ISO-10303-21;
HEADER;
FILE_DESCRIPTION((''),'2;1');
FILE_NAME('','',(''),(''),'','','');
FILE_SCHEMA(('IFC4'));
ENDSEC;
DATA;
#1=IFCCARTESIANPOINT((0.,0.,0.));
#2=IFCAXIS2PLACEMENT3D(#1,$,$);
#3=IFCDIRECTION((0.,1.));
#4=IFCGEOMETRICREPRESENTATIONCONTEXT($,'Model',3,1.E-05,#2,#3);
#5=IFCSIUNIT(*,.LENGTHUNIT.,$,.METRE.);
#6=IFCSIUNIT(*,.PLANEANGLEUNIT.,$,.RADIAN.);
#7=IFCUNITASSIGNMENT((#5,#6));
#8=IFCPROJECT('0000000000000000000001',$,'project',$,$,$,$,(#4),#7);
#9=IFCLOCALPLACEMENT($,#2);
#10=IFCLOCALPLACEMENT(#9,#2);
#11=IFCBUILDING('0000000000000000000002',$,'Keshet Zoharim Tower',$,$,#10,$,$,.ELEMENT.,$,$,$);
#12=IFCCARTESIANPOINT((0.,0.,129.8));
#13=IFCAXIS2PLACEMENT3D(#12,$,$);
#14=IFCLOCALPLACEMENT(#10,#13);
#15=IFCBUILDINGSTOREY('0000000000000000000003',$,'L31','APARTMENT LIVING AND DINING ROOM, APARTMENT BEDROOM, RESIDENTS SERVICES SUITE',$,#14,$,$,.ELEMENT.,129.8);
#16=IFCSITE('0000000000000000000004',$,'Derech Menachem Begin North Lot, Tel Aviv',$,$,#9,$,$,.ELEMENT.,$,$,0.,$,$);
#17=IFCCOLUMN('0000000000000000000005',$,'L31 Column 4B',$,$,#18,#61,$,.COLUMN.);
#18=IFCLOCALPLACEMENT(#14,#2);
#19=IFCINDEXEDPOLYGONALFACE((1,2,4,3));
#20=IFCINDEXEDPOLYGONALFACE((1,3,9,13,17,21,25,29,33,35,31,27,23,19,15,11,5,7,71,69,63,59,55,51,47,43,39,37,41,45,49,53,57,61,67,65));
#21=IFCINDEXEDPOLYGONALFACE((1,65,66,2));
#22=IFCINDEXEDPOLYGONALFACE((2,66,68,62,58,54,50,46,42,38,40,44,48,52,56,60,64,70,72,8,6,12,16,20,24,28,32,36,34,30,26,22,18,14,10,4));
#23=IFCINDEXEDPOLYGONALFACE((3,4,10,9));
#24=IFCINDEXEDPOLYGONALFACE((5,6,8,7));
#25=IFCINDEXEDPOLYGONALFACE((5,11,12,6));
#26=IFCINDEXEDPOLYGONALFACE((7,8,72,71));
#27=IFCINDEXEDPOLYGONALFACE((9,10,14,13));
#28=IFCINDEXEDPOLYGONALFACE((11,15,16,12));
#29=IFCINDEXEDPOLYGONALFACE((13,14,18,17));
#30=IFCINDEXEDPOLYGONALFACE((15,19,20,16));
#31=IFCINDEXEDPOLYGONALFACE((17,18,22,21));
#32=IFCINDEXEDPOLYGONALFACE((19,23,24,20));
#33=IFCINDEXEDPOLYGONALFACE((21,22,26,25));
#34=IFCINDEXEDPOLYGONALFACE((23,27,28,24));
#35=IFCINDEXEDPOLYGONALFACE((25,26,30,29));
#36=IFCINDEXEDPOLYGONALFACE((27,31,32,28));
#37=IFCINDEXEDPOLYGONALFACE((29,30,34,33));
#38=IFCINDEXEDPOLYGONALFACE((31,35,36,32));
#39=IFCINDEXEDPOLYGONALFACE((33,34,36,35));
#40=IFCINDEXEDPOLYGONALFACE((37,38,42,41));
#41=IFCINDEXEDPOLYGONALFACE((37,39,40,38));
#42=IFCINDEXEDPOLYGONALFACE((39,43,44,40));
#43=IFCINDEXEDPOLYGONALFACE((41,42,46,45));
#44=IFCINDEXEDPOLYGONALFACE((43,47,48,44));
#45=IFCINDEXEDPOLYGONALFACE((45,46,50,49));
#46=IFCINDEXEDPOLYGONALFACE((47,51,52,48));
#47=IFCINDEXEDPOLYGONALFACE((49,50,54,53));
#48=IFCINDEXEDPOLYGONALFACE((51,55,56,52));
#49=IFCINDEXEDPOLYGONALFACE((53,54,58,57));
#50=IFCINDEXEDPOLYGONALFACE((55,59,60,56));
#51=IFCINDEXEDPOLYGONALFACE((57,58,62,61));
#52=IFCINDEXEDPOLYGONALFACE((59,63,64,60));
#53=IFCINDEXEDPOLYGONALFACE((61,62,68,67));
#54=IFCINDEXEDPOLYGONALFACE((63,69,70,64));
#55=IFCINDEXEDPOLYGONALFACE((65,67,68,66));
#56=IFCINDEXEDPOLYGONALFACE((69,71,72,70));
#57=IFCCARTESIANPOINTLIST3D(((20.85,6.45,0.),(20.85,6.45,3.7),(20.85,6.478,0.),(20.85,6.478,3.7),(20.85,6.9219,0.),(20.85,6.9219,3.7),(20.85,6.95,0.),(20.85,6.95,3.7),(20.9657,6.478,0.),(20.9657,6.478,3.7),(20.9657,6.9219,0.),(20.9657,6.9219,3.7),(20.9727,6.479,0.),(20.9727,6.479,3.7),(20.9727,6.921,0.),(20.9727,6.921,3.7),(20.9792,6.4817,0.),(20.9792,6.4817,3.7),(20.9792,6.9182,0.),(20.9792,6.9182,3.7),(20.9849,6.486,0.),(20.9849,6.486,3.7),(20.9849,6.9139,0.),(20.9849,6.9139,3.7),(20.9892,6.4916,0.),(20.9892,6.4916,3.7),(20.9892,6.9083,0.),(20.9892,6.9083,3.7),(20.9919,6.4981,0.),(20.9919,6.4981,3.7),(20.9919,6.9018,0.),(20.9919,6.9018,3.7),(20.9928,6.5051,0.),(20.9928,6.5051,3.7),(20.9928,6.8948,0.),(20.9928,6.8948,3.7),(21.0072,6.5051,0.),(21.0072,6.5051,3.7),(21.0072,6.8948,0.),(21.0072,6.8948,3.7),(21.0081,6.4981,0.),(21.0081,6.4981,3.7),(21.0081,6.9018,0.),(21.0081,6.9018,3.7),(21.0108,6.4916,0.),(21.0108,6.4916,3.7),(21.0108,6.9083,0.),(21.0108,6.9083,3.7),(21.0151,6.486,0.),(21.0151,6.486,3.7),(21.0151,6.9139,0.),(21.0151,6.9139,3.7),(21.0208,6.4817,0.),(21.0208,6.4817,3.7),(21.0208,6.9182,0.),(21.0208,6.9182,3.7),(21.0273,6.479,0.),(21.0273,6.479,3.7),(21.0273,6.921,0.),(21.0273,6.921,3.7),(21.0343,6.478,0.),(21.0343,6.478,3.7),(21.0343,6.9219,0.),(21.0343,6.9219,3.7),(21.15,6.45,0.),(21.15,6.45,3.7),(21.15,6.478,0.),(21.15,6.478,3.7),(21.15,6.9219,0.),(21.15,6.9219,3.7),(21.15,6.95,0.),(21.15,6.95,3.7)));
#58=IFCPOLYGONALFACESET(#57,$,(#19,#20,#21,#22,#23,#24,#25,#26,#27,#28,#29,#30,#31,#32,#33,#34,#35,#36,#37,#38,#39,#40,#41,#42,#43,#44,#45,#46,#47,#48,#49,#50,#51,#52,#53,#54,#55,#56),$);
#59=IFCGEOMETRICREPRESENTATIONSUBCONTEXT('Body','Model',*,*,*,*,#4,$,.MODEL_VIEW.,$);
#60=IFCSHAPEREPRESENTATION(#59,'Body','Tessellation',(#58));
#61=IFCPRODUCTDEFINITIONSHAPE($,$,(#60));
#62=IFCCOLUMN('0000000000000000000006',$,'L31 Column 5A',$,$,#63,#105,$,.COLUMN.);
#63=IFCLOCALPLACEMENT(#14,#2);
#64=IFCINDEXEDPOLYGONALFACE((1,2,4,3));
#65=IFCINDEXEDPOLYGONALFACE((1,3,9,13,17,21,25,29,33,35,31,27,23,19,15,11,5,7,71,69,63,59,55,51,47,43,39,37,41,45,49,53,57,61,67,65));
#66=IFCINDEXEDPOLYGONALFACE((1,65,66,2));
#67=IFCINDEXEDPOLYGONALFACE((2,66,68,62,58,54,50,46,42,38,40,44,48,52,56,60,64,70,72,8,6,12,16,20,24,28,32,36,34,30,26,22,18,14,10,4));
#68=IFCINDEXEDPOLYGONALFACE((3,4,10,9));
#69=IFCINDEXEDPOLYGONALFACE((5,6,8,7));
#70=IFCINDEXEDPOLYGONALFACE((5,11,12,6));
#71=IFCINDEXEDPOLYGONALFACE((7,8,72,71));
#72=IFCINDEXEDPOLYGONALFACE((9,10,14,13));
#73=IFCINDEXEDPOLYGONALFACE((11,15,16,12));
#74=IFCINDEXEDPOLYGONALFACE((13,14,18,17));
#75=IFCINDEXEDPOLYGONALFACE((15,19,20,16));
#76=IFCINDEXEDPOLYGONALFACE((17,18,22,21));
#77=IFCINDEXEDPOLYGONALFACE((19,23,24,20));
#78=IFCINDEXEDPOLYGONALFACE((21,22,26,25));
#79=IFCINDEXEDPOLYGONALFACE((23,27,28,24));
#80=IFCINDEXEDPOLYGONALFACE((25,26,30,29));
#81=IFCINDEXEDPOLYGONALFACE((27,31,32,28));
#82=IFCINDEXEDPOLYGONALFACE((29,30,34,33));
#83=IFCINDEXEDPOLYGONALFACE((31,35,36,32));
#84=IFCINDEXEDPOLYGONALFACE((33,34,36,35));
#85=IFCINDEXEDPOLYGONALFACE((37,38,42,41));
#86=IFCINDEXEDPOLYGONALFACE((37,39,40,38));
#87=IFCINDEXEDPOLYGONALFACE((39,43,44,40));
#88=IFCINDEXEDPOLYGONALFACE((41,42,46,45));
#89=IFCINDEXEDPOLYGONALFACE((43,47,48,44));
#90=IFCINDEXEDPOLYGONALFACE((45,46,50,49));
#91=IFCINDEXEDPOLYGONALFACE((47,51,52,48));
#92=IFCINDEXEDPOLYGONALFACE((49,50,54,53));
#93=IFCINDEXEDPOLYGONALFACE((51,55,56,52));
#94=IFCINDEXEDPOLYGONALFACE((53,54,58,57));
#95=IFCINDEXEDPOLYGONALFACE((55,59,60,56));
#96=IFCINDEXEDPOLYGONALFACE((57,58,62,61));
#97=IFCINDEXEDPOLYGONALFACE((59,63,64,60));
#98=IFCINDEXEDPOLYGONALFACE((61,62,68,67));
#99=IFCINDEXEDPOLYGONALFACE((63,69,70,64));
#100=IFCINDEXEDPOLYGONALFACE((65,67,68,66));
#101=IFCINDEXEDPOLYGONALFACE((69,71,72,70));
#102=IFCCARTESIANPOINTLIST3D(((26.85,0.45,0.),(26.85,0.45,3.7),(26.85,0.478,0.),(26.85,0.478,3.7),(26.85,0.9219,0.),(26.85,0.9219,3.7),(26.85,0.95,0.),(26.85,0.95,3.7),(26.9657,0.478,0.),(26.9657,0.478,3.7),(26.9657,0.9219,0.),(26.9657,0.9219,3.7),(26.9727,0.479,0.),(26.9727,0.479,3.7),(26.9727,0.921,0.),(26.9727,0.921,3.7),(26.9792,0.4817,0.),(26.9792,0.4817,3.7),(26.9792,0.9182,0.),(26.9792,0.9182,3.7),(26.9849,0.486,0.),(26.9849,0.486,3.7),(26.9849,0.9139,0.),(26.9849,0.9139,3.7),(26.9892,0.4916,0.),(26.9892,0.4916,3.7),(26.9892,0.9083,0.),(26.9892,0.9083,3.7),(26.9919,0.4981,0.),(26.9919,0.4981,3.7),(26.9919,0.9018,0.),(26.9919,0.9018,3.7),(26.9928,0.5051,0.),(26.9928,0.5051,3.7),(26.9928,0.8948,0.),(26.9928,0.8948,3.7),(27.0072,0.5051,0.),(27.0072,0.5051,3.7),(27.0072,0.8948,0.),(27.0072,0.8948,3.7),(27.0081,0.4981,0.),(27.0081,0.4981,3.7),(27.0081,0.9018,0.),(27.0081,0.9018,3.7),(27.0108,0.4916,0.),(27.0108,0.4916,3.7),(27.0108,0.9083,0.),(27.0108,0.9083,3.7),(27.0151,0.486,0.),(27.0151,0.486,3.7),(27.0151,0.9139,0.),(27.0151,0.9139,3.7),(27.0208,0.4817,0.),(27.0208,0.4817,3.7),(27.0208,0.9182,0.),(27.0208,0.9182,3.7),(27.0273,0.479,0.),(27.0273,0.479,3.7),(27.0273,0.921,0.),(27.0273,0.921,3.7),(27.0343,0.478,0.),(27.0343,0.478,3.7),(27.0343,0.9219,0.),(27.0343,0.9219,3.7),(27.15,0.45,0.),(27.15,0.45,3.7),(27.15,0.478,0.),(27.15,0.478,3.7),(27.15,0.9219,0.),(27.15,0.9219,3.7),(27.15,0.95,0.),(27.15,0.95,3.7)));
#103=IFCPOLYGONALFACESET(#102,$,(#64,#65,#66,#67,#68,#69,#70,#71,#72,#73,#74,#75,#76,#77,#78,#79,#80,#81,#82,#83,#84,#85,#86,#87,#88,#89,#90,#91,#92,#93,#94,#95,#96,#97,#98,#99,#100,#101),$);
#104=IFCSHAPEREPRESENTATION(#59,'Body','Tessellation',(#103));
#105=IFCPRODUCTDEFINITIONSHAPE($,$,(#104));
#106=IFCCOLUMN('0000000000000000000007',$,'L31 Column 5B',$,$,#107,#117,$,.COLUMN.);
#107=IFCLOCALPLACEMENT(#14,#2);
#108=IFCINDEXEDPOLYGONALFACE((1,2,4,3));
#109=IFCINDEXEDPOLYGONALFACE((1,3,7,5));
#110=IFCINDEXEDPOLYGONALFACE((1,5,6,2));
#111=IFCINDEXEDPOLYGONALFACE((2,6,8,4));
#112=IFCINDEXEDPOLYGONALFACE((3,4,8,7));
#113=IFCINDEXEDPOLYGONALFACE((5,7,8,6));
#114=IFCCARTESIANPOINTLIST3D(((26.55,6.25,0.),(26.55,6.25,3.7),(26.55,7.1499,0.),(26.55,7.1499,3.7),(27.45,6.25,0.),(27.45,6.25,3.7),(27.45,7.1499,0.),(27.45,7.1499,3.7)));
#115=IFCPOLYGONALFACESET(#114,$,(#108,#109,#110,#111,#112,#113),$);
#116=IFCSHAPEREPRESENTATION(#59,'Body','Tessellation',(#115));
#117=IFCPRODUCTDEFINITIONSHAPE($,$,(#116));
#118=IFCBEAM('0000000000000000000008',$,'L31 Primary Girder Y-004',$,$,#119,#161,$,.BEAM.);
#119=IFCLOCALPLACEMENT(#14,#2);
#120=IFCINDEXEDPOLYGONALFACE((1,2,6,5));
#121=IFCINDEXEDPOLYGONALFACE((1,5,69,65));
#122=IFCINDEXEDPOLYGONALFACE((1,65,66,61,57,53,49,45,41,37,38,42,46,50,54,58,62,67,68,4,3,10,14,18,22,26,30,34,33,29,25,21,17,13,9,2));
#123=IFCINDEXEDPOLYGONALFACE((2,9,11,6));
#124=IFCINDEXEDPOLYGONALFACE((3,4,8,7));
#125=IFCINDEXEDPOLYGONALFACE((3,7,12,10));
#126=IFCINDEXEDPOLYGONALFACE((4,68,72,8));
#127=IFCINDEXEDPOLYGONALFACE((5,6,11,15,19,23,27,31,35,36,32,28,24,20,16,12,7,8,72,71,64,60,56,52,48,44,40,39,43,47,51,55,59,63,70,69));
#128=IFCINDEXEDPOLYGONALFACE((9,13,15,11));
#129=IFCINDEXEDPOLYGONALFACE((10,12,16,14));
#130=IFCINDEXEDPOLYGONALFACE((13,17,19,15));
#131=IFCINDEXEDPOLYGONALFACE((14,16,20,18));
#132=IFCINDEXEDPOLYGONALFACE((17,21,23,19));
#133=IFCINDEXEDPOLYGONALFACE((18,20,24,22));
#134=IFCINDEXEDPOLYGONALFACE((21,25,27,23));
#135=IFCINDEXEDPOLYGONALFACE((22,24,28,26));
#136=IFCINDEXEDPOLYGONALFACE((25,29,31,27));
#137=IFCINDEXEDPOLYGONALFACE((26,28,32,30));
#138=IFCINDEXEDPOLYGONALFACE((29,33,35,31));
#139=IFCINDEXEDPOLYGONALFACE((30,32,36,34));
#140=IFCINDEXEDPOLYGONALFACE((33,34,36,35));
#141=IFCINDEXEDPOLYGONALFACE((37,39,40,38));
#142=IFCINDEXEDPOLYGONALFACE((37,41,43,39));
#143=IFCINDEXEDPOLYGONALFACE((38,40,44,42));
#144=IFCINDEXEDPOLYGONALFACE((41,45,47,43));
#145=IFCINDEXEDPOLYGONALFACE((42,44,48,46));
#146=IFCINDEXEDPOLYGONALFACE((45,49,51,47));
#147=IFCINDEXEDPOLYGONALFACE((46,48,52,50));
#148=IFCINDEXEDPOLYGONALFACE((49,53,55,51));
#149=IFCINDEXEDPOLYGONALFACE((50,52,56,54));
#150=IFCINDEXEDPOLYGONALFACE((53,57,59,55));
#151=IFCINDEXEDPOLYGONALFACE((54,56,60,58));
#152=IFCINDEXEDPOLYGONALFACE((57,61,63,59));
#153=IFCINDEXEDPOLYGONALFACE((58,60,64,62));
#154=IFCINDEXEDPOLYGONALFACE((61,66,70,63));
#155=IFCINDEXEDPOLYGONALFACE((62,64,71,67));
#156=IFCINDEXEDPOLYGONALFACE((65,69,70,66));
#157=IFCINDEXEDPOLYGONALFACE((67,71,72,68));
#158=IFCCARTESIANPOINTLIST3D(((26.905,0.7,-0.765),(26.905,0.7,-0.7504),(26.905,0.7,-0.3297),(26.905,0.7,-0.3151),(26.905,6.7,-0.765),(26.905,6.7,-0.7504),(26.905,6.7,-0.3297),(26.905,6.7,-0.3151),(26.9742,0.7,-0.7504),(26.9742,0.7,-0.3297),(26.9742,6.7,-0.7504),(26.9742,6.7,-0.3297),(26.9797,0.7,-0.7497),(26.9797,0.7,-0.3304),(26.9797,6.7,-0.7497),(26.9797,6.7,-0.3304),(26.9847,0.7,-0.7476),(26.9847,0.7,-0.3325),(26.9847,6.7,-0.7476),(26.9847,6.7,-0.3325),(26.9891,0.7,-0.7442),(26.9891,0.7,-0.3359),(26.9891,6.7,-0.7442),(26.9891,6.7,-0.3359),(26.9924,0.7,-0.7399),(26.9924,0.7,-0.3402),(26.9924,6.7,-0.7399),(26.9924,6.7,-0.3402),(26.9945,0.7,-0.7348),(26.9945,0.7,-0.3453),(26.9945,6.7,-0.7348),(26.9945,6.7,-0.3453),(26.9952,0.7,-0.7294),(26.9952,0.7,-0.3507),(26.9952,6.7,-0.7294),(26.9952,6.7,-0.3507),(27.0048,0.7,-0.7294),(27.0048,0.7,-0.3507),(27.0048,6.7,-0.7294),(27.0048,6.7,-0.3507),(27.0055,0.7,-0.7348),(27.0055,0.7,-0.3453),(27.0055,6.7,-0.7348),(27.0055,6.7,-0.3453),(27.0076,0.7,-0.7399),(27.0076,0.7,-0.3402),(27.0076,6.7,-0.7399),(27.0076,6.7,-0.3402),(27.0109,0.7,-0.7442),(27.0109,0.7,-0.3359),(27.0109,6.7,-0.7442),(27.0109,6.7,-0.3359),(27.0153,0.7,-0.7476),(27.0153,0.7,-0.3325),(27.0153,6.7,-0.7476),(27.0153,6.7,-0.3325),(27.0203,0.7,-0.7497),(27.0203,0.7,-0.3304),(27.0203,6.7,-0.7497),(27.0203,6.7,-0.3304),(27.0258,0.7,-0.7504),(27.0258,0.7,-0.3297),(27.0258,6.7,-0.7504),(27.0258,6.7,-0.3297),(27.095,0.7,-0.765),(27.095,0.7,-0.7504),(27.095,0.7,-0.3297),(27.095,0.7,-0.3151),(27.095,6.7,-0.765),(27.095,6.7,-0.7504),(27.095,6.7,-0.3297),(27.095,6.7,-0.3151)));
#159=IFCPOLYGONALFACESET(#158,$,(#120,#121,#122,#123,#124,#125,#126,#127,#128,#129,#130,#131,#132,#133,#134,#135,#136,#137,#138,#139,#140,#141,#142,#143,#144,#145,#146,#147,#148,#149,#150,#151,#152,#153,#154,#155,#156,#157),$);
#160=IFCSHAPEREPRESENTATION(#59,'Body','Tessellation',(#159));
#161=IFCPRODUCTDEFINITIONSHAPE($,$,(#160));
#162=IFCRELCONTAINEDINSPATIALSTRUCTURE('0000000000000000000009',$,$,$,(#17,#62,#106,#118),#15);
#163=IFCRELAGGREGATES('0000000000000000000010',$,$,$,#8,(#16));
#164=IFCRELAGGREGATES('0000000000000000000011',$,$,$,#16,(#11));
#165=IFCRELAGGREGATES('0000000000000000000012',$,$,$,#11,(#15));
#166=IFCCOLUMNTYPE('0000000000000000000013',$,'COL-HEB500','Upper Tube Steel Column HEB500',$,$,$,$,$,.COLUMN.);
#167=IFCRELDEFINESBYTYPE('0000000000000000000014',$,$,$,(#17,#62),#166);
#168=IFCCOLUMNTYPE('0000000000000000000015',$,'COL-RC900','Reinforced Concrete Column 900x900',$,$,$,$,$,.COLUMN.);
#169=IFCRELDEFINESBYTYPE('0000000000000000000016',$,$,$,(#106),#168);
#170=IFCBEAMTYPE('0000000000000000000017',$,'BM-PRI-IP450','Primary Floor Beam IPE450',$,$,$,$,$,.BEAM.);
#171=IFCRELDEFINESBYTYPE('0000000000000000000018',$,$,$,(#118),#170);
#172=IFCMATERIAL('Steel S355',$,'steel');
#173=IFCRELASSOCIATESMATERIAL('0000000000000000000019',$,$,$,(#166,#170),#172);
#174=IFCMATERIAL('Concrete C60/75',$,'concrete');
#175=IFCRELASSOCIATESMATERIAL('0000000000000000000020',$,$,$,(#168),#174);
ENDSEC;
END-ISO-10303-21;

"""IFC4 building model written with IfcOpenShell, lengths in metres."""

from ifc_helpers import new_model, si_unit, direction, frame, origin, origin_2d, place, context, subcontext, project, spatial, rectangle, i_section, extrude, material, material_profile, profile_set, type_object, element, save


model = new_model("IFC4")

# Units and contexts
model_context = context("Model", 3, precision=1e-05, world=origin(), true_north=direction((0.0, 1.0)))
body_context = subcontext(model_context, "Body", "Model", "MODEL_VIEW")
ifc_project = project(units=[si_unit("LENGTHUNIT", "METRE"), si_unit("PLANEANGLEUNIT", "RADIAN")], contexts=[model_context])

# Site, building, storey
site_placement = place(None, origin())
site = spatial("IfcSite", under=ifc_project, at=site_placement, Name="Derech Menachem Begin North Lot, Tel Aviv", CompositionType="ELEMENT", RefElevation=0.0)
building_placement = place(site_placement, origin())
building = spatial("IfcBuilding", under=site, at=building_placement, Name="Keshet Zoharim Tower", CompositionType="ELEMENT")
storey_placement = place(building_placement, frame((0.0, 0.0, 129.8)))
storey = spatial("IfcBuildingStorey", under=building, at=storey_placement, Name="L31", Description="APARTMENT LIVING AND DINING ROOM, APARTMENT BEDROOM, RESIDENTS SERVICES SUITE", CompositionType="ELEMENT", Elevation=129.8)

# Columns
ifc_material_1 = material(Name="Steel S355", Category="steel")
ifc_material_profile_1 = material_profile(ifc_material_1, i_section(OverallWidth=0.3, OverallDepth=0.5, WebThickness=0.0144, FlangeThickness=0.0281, FilletRadius=0.0271, at=origin_2d()), Name="HEB500")
ifc_profile_set_1 = profile_set([ifc_material_profile_1], Name="Steel S355")
column_type_1 = type_object("IfcColumnType", Name="COL-HEB500", Description="Upper Tube Steel Column HEB500", PredefinedType="COLUMN", material=ifc_profile_set_1)
for number, where, z_axis, x_axis, name in (
    (1, (21.0, 6.7, 0.0), (0.0, 0.0, 1.0), (1.0, 0.0, 0.0), "L31 Column 4B"),
    (2, (27.0, 0.7, 0.0), (0.0, 0.0, 1.0), (1.0, 0.0, 0.0), "L31 Column 5A"),
):
    element("IfcColumn", number, at=place(storey_placement, frame(where, z_axis=z_axis, x_axis=x_axis)), inside=storey, type_object=column_type_1, Name=name, PredefinedType="COLUMN", context=body_context, shape_type="SweptSolid", body=[
        extrude(i_section(OverallWidth=0.3, OverallDepth=0.5, WebThickness=0.0144, FlangeThickness=0.0281, FilletRadius=0.0271, at=origin_2d()), origin(), (0.0, 0.0, 1.0), 3.7),
    ])
ifc_material_2 = material(Name="Concrete C60/75", Category="concrete")
ifc_material_profile_2 = material_profile(ifc_material_2, rectangle(XDim=0.8999, YDim=0.8999, at=origin_2d()), Name="RC900x900")
ifc_profile_set_2 = profile_set([ifc_material_profile_2], Name="Concrete C60/75")
column_type_2 = type_object("IfcColumnType", Name="COL-RC900", Description="Reinforced Concrete Column 900x900", PredefinedType="COLUMN", material=ifc_profile_set_2)
column_placement = place(storey_placement, frame((27.0, 6.7, 0.0), z_axis=(0.0, 0.0, 1.0), x_axis=(1.0, 0.0, 0.0)))
element("IfcColumn", 3, at=column_placement, inside=storey, type_object=column_type_2, Name="L31 Column 5B", PredefinedType="COLUMN", context=body_context, shape_type="SweptSolid", body=[
    extrude(rectangle(XDim=0.8999, YDim=0.8999, at=origin_2d()), origin(), (0.0, 0.0, 1.0), 3.7),
])

# Beam
ifc_material_profile_3 = material_profile(ifc_material_1, i_section(OverallWidth=0.1899, OverallDepth=0.45, WebThickness=0.0095, FlangeThickness=0.0146, FilletRadius=0.021, at=origin_2d()), Name="IPE450")
ifc_profile_set_3 = profile_set([ifc_material_profile_3], Name="Steel S355")
beam_type_1 = type_object("IfcBeamType", Name="BM-PRI-IP450", Description="Primary Floor Beam IPE450", PredefinedType="BEAM", material=ifc_profile_set_3)
beam_1_placement = place(storey_placement, frame((27.0, 0.7, -0.54), z_axis=(0.0, 1.0, 0.0), x_axis=(-1.0, 0.0, 0.0)))
element("IfcBeam", 4, at=beam_1_placement, inside=storey, type_object=beam_type_1, Name="L31 Primary Girder Y-004", PredefinedType="BEAM", context=body_context, shape_type="SweptSolid", body=[
    extrude(i_section(OverallWidth=0.1899, OverallDepth=0.45, WebThickness=0.0095, FlangeThickness=0.0146, FilletRadius=0.021, at=origin_2d()), origin(), (0.0, 0.0, 1.0), 6.0),
])

save(model, "model.ifc")
